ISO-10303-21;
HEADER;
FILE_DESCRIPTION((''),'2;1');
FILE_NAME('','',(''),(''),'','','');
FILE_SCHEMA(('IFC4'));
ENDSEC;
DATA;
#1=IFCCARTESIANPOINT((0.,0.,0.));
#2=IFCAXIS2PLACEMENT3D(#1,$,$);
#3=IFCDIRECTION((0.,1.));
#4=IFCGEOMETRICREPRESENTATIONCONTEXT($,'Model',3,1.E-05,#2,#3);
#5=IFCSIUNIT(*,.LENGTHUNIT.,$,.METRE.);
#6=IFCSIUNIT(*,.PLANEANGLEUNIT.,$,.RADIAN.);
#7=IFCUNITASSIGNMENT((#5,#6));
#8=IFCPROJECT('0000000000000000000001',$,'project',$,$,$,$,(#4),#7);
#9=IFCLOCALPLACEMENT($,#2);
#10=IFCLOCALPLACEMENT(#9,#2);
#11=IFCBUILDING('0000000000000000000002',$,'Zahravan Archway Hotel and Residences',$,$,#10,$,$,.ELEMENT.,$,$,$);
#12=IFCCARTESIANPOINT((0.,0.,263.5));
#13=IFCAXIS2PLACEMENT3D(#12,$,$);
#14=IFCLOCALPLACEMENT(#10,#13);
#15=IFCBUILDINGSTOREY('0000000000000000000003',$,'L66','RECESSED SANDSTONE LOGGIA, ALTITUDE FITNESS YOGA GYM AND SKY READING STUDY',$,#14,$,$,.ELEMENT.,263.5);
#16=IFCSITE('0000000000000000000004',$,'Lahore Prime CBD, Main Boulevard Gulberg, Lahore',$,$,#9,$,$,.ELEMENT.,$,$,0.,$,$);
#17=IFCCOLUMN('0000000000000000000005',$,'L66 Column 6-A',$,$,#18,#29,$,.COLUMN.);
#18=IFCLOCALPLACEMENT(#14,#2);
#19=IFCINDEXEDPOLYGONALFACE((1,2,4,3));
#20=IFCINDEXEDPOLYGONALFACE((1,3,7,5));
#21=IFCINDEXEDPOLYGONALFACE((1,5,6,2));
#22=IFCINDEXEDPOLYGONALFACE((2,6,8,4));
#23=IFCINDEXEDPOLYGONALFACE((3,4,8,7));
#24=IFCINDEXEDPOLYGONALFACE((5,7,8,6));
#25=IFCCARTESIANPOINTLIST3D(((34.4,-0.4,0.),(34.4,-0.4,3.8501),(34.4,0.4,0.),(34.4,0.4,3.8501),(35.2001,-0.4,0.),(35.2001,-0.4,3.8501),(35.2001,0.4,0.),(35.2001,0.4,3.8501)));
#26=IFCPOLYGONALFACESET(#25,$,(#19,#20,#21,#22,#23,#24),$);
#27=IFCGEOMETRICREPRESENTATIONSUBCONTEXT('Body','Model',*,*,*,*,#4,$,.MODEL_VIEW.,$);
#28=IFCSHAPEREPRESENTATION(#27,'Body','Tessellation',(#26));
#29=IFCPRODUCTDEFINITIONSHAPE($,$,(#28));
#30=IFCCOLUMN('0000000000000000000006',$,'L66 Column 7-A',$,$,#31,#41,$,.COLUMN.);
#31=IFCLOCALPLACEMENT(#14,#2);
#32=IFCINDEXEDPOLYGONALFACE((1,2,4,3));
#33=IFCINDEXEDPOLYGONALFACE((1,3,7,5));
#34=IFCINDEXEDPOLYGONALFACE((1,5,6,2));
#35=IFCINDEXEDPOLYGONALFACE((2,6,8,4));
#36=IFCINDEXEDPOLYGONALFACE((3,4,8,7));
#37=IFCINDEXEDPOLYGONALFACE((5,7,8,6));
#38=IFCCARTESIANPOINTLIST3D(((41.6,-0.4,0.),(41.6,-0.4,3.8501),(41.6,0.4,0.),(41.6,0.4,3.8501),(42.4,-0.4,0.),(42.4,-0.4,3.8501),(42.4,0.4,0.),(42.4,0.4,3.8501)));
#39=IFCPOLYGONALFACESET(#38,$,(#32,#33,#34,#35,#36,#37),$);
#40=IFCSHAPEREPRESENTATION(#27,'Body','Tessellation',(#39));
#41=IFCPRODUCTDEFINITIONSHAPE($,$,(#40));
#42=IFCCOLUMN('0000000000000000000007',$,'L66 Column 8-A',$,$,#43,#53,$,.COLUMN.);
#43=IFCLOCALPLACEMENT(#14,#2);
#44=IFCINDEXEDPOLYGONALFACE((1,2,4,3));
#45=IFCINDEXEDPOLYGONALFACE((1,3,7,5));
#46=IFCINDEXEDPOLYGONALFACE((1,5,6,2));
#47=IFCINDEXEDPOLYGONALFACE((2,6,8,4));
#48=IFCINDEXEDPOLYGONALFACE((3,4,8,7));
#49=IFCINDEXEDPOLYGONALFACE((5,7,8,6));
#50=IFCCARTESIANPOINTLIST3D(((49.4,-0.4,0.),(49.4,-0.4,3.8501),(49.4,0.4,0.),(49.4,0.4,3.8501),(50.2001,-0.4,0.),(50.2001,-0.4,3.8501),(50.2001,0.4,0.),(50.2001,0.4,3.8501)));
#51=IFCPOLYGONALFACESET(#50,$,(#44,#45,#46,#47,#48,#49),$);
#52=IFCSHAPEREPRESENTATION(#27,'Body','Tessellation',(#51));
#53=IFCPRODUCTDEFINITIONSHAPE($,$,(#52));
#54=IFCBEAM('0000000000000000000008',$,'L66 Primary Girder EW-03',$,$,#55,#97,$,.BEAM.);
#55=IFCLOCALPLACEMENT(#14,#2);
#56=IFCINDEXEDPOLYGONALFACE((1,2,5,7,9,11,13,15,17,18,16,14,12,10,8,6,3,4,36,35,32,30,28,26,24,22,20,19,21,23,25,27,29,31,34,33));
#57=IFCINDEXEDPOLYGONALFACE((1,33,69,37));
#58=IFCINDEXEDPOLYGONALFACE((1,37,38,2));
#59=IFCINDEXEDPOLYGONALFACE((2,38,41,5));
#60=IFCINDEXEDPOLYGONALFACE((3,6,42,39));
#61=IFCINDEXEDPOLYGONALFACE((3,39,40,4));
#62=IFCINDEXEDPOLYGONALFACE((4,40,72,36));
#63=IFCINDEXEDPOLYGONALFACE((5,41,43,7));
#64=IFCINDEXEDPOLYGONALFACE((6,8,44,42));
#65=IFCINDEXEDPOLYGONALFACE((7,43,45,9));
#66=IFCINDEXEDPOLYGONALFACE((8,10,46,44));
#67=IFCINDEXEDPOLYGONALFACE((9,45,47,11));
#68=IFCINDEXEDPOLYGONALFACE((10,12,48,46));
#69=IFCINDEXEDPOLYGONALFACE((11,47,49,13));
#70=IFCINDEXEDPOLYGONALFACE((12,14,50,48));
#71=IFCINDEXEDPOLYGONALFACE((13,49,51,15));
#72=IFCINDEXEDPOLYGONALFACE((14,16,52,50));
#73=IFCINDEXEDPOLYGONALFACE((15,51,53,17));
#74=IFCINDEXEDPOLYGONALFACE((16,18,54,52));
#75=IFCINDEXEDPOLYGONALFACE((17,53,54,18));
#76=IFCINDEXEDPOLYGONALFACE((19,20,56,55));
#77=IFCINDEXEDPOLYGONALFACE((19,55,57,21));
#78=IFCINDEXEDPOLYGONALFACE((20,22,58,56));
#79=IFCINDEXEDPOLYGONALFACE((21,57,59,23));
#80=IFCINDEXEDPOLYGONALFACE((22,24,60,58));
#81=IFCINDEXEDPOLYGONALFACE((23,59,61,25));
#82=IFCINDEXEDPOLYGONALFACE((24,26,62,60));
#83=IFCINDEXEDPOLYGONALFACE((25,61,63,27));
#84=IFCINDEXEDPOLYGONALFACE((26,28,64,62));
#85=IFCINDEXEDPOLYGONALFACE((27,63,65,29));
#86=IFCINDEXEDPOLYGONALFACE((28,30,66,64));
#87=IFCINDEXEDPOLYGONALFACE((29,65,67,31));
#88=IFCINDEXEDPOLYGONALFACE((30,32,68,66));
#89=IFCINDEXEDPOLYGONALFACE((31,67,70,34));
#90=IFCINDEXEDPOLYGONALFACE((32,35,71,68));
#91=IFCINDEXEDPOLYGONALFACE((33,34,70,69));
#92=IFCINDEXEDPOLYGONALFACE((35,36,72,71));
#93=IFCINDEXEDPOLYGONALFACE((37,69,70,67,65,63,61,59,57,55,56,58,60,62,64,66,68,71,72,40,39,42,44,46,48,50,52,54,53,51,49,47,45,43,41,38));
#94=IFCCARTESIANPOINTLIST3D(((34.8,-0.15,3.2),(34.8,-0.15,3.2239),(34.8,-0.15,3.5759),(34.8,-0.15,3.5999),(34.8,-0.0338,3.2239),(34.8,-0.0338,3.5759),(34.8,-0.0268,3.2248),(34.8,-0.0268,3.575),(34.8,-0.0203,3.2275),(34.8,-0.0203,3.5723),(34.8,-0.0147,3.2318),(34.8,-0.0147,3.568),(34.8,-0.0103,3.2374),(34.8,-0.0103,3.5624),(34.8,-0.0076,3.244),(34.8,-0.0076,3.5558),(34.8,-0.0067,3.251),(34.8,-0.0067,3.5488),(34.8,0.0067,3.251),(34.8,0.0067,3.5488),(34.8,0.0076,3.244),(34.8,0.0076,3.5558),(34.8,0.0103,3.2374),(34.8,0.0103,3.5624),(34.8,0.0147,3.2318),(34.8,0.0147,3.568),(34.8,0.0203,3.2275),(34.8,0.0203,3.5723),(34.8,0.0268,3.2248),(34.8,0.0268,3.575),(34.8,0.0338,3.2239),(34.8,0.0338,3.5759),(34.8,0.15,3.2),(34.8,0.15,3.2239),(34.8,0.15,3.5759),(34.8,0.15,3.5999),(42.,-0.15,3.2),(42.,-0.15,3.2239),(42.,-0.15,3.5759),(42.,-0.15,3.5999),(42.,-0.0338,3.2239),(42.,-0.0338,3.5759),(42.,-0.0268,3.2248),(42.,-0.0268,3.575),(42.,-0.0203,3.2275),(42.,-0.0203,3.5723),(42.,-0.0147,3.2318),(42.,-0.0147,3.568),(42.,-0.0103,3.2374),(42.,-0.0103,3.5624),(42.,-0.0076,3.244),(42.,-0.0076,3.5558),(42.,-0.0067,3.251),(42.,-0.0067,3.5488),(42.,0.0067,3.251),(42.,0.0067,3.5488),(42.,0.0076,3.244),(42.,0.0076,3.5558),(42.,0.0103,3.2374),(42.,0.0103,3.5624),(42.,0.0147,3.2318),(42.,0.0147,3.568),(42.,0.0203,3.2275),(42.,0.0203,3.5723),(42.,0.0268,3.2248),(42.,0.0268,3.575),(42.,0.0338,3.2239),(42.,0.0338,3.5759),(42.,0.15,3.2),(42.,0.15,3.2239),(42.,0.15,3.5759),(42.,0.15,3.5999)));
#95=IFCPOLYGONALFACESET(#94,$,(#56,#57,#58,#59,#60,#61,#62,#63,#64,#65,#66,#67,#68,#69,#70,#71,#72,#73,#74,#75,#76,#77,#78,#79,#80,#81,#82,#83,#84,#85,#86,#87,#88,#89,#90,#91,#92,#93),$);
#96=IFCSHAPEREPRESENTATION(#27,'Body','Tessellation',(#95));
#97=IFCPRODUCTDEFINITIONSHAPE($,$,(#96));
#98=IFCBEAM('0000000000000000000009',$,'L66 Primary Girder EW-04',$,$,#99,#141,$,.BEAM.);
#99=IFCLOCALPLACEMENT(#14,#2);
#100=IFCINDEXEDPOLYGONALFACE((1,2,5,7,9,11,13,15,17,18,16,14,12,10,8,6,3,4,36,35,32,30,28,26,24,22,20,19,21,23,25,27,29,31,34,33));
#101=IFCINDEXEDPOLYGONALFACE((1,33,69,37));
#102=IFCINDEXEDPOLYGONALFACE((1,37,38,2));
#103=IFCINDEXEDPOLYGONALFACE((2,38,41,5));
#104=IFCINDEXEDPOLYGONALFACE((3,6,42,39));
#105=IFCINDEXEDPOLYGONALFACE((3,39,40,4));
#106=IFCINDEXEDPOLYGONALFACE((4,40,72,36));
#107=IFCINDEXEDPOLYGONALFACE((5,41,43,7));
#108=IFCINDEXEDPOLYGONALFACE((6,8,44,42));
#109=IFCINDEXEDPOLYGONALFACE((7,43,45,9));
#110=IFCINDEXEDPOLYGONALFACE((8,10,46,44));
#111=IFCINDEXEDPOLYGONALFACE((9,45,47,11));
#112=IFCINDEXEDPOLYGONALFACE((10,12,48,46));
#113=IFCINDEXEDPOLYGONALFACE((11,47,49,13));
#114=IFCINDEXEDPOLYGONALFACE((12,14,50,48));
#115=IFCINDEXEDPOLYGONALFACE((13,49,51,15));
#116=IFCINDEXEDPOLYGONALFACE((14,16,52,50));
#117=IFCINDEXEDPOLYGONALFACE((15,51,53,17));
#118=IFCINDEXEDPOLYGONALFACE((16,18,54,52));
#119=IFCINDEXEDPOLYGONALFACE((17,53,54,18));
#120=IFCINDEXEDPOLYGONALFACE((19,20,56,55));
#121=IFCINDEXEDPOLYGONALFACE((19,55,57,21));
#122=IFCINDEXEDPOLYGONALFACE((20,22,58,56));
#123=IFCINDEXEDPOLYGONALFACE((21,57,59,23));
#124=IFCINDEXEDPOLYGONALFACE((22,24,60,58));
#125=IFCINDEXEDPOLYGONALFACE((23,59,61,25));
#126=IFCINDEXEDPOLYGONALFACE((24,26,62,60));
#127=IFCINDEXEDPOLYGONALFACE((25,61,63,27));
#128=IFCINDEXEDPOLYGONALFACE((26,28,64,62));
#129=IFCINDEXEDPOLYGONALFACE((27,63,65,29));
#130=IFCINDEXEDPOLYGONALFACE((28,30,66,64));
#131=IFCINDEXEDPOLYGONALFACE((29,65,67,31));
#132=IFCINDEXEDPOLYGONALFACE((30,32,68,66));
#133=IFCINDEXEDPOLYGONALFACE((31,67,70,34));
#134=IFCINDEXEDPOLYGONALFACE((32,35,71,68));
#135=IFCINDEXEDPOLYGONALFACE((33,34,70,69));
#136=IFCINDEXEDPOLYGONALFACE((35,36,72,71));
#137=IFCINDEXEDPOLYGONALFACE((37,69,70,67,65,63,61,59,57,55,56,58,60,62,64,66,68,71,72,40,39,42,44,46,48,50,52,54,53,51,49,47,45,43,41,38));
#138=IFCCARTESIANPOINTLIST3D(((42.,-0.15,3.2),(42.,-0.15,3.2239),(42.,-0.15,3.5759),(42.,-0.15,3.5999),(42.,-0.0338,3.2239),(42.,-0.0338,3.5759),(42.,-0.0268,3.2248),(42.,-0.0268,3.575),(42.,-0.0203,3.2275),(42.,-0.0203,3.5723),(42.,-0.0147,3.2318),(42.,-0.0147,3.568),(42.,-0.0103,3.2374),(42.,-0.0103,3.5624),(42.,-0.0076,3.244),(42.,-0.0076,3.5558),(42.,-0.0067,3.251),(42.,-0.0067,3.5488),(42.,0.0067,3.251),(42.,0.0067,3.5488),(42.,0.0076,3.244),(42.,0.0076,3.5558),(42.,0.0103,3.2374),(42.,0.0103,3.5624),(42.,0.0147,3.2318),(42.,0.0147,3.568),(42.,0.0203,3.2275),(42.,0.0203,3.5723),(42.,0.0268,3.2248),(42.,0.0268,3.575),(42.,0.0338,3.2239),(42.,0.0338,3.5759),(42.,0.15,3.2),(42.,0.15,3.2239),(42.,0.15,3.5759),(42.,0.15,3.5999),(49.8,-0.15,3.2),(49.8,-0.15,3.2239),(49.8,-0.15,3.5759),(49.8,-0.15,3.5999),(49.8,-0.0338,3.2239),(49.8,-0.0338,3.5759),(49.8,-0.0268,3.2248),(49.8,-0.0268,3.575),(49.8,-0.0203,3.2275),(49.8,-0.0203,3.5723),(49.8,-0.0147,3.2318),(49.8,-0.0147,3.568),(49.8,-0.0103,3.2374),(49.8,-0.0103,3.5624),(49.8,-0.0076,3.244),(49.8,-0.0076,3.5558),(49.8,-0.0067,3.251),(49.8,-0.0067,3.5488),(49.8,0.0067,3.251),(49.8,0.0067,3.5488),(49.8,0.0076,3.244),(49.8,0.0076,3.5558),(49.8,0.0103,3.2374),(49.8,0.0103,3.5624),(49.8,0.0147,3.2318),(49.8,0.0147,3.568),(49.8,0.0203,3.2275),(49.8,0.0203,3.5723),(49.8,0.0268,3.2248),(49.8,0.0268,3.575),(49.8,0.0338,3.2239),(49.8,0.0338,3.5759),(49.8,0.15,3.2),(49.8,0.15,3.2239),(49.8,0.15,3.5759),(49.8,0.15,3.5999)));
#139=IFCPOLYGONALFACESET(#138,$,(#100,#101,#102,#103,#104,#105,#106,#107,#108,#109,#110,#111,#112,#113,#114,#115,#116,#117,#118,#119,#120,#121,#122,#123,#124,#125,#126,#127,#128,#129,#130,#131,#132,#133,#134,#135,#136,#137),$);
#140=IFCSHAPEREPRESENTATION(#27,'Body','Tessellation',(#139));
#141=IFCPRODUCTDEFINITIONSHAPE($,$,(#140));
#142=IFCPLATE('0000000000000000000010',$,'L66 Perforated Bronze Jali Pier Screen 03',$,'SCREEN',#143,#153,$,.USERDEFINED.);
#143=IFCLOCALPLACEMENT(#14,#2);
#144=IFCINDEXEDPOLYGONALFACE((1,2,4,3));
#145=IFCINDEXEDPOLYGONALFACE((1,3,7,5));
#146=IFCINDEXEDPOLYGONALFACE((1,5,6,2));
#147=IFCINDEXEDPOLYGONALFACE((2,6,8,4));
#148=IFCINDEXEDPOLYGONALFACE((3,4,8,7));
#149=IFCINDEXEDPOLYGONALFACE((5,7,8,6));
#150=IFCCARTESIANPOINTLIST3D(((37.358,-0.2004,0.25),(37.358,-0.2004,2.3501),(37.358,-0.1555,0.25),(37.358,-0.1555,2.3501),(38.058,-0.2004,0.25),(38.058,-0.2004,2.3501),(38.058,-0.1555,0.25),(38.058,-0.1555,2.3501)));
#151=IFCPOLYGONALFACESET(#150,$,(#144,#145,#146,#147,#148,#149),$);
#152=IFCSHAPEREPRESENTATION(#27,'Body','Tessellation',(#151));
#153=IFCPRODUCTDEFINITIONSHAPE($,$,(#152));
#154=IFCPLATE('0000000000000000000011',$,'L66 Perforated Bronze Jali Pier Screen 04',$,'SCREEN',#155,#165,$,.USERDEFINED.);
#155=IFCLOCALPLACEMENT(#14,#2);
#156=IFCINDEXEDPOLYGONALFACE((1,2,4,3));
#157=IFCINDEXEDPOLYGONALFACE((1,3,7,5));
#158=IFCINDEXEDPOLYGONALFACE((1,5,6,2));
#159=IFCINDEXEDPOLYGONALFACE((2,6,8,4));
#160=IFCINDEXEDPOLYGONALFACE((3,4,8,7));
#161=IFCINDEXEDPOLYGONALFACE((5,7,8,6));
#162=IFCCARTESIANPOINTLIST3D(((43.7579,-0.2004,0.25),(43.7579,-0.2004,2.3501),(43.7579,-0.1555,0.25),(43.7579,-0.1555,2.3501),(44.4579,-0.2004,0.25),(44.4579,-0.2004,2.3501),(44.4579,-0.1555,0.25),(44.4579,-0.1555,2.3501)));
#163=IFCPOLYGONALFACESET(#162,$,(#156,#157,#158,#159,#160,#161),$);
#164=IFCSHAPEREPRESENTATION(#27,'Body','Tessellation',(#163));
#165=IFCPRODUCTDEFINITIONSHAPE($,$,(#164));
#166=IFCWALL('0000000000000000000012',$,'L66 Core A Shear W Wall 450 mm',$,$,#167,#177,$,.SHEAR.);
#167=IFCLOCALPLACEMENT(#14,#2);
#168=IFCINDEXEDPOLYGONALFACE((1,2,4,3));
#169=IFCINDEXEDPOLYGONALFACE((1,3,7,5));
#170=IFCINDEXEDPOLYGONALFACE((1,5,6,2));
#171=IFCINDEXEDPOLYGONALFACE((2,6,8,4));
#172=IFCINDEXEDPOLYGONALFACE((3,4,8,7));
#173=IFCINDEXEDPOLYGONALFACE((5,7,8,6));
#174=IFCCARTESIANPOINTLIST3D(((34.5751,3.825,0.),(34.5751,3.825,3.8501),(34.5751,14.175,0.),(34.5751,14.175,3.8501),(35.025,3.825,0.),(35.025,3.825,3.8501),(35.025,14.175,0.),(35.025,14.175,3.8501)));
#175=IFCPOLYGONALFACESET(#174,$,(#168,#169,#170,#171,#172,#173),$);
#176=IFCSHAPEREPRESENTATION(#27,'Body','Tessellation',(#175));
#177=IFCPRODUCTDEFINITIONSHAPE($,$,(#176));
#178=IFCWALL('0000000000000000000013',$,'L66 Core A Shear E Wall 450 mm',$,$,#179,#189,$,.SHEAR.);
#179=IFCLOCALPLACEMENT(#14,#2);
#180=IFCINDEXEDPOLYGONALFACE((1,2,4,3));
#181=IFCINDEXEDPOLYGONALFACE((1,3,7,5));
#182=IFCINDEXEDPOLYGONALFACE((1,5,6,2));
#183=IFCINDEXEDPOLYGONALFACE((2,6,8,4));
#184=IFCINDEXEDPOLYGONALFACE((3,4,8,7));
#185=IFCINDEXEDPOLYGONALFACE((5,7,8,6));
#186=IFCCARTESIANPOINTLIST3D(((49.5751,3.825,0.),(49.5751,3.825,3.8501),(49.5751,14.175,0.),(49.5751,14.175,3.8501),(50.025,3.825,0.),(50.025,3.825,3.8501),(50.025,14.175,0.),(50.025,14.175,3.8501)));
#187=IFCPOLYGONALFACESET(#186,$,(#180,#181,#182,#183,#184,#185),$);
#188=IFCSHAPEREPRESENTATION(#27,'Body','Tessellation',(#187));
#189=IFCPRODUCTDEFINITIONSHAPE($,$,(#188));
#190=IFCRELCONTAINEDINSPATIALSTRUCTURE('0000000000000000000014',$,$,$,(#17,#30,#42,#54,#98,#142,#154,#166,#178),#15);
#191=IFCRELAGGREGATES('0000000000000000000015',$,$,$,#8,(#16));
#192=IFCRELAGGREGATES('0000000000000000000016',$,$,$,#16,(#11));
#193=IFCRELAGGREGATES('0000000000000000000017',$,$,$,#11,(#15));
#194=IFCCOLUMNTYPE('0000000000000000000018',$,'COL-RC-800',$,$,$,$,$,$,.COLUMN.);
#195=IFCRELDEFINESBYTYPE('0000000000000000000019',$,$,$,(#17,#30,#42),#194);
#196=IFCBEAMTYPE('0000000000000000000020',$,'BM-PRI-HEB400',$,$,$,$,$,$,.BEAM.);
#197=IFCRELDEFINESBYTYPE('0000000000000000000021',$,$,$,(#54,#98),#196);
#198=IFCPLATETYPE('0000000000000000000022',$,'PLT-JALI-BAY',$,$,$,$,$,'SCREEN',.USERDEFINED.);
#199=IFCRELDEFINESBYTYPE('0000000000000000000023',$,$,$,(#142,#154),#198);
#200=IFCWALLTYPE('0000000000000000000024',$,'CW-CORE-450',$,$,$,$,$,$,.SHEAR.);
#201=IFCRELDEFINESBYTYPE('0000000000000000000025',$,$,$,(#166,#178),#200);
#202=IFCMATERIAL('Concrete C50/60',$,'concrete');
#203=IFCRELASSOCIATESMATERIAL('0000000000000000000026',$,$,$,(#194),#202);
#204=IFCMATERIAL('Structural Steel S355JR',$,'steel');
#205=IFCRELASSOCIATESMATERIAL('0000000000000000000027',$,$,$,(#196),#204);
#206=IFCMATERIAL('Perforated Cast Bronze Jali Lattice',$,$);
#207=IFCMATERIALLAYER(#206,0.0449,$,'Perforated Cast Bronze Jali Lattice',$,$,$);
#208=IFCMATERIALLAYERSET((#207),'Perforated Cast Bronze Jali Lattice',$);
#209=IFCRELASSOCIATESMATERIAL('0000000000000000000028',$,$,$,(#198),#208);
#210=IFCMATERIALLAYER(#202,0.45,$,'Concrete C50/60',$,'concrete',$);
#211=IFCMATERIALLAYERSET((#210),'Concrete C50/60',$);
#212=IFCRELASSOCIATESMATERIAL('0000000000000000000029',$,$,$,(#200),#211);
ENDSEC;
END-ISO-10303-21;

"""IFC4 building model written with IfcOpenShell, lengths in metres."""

from ifc_helpers import new_model, si_unit, direction, frame, frame_2d, origin, origin_2d, place, context, subcontext, project, spatial, rectangle, i_section, extrude, source, transform, mapped, material, layer, layer_set, material_profile, profile_set, type_object, type_shapes, element, save


model = new_model("IFC4")

# Units and contexts
model_context = context("Model", 3, precision=1e-05, world=origin(), true_north=direction((0.0, 1.0)))
body_context = subcontext(model_context, "Body", "Model", "MODEL_VIEW")
ifc_project = project(units=[si_unit("LENGTHUNIT", "METRE"), si_unit("PLANEANGLEUNIT", "RADIAN")], contexts=[model_context])

# Site, building, storey
site_placement = place(None, origin())
site = spatial("IfcSite", under=ifc_project, at=site_placement, Name="Lahore Prime CBD, Main Boulevard Gulberg, Lahore", CompositionType="ELEMENT", RefElevation=0.0)
building_placement = place(site_placement, origin())
building = spatial("IfcBuilding", under=site, at=building_placement, Name="Zahravan Archway Hotel and Residences", CompositionType="ELEMENT")
storey_placement = place(building_placement, frame((0.0, 0.0, 263.5)))
storey = spatial("IfcBuildingStorey", under=building, at=storey_placement, Name="L66", Description="RECESSED SANDSTONE LOGGIA, ALTITUDE FITNESS YOGA GYM AND SKY READING STUDY", CompositionType="ELEMENT", Elevation=263.5)

# Columns
ifc_material_1 = material(Name="Concrete C50/60", Category="concrete")
ifc_material_profile_1 = material_profile(ifc_material_1, rectangle(XDim=0.8, YDim=0.8, at=origin_2d()), Name="RC-COL-800x800", Category="concrete")
ifc_profile_set_1 = profile_set([ifc_material_profile_1], Name="Concrete C50/60")
column_type = type_object("IfcColumnType", Name="COL-RC-800", PredefinedType="COLUMN", material=ifc_profile_set_1)
shared_shape_1 = source(origin(), body_context, "Body", "SweptSolid", [
    extrude(rectangle(XDim=0.8, YDim=0.8, at=origin_2d()), origin(), (0.0, 0.0, 1.0), 3.8501),
])
for number, where, z_axis, x_axis, name in (
    (1, (34.8, 0.0, 0.0), (0.0, 0.0, 1.0), (1.0, 0.0, 0.0), "L66 Column 6-A"),
    (2, (42.0, 0.0, 0.0), (0.0, 0.0, 1.0), (1.0, 0.0, 0.0), "L66 Column 7-A"),
    (3, (49.8, 0.0, 0.0), (0.0, 0.0, 1.0), (1.0, 0.0, 0.0), "L66 Column 8-A"),
):
    element("IfcColumn", number, at=place(storey_placement, frame(where, z_axis=z_axis, x_axis=x_axis)), inside=storey, type_object=column_type, Name=name, PredefinedType="COLUMN", context=body_context, shape_type="MappedRepresentation", body=[
        mapped(shared_shape_1, transform((0.0, 0.0, 0.0), scale=1.0)),
    ])

# Beams
ifc_material_2 = material(Name="Structural Steel S355JR", Category="steel")
ifc_material_profile_2 = material_profile(ifc_material_2, i_section(OverallWidth=0.3, OverallDepth=0.3999, WebThickness=0.0134, FlangeThickness=0.0239, FilletRadius=0.0271, at=origin_2d()), Name="HEB 400", Category="steel")
ifc_profile_set_2 = profile_set([ifc_material_profile_2], Name="Structural Steel S355JR")
beam_type = type_object("IfcBeamType", Name="BM-PRI-HEB400", PredefinedType="BEAM", material=ifc_profile_set_2)
shared_shape_2 = source(origin(), body_context, "Body", "SweptSolid", [
    extrude(i_section(OverallWidth=0.3, OverallDepth=0.3999, WebThickness=0.0134, FlangeThickness=0.0239, FilletRadius=0.0271, at=origin_2d()), origin(), (0.0, 0.0, 1.0), 7.2),
])
type_shapes(beam_type, [shared_shape_2])
beam_1_placement = place(storey_placement, frame((34.8, 0.0, 3.3999), z_axis=(1.0, 0.0, 0.0), x_axis=(0.0, 1.0, 0.0)))
element("IfcBeam", 4, at=beam_1_placement, inside=storey, type_object=beam_type, Name="L66 Primary Girder EW-03", PredefinedType="BEAM", context=body_context, shape_type="MappedRepresentation", body=[
    mapped(shared_shape_2, transform((0.0, 0.0, 0.0), scale=1.0)),
])
shared_shape_3 = source(origin(), body_context, "Body", "SweptSolid", [
    extrude(i_section(OverallWidth=0.3, OverallDepth=0.3999, WebThickness=0.0134, FlangeThickness=0.0239, FilletRadius=0.0271, at=origin_2d()), origin(), (0.0, 0.0, 1.0), 7.8),
])
beam_2_placement = place(storey_placement, frame((42.0, 0.0, 3.3999), z_axis=(1.0, 0.0, 0.0), x_axis=(0.0, 1.0, 0.0)))
element("IfcBeam", 5, at=beam_2_placement, inside=storey, type_object=beam_type, Name="L66 Primary Girder EW-04", PredefinedType="BEAM", context=body_context, shape_type="MappedRepresentation", body=[
    mapped(shared_shape_3, transform((0.0, 0.0, 0.0), scale=1.0)),
])

# Plates
ifc_material_3 = material(Name="Perforated Cast Bronze Jali Lattice")
ifc_layer_1 = layer(ifc_material_3, 0.0449, Name="Perforated Cast Bronze Jali Lattice")
ifc_layer_set_1 = layer_set([ifc_layer_1], Name="Perforated Cast Bronze Jali Lattice")
plate_type = type_object("IfcPlateType", Name="PLT-JALI-BAY", ElementType="SCREEN", PredefinedType="USERDEFINED", material=ifc_layer_set_1)
shared_shape_4 = source(origin(), body_context, "Body", "SweptSolid", [
    extrude(rectangle(XDim=0.7, YDim=0.0449, at=origin_2d()), origin(), (0.0, 0.0, 1.0), 2.1001),
])
type_shapes(plate_type, [shared_shape_4])
for number, where, z_axis, x_axis, name in (
    (6, (37.708, -0.178, 0.25), (0.0, 0.0, 1.0), (1.0, 0.0, 0.0), "L66 Perforated Bronze Jali Pier Screen 03"),
    (7, (44.1079, -0.178, 0.25), (0.0, 0.0, 1.0), (1.0, 0.0, 0.0), "L66 Perforated Bronze Jali Pier Screen 04"),
):
    element("IfcPlate", number, at=place(storey_placement, frame(where, z_axis=z_axis, x_axis=x_axis)), inside=storey, type_object=plate_type, Name=name, ObjectType="SCREEN", PredefinedType="USERDEFINED", context=body_context, shape_type="MappedRepresentation", body=[
        mapped(shared_shape_4, transform((0.0, 0.0, 0.0), scale=1.0)),
    ])

# Walls
ifc_layer_2 = layer(ifc_material_1, 0.45, Name="Concrete C50/60", Category="concrete")
ifc_layer_set_2 = layer_set([ifc_layer_2], Name="Concrete C50/60")
wall_type_1 = type_object("IfcWallType", Name="CW-CORE-450", PredefinedType="SHEAR", material=ifc_layer_set_2)
for number, where, z_axis, x_axis, name in (
    (8, (34.8, 3.825, 0.0), (0.0, 0.0, 1.0), (0.0, 1.0, 0.0), "L66 Core A Shear W Wall 450 mm"),
    (9, (49.8, 3.825, 0.0), (0.0, 0.0, 1.0), (0.0, 1.0, 0.0), "L66 Core A Shear E Wall 450 mm"),
):
    element("IfcWall", number, at=place(storey_placement, frame(where, z_axis=z_axis, x_axis=x_axis)), inside=storey, type_object=wall_type_1, Name=name, PredefinedType="SHEAR", context=body_context, shape_type="SweptSolid", body=[
        extrude(rectangle(XDim=10.3501, YDim=0.45, at=frame_2d((5.175, 0.0))), origin(), (0.0, 0.0, 1.0), 3.8501),
    ])

save(model, "model.ifc")
